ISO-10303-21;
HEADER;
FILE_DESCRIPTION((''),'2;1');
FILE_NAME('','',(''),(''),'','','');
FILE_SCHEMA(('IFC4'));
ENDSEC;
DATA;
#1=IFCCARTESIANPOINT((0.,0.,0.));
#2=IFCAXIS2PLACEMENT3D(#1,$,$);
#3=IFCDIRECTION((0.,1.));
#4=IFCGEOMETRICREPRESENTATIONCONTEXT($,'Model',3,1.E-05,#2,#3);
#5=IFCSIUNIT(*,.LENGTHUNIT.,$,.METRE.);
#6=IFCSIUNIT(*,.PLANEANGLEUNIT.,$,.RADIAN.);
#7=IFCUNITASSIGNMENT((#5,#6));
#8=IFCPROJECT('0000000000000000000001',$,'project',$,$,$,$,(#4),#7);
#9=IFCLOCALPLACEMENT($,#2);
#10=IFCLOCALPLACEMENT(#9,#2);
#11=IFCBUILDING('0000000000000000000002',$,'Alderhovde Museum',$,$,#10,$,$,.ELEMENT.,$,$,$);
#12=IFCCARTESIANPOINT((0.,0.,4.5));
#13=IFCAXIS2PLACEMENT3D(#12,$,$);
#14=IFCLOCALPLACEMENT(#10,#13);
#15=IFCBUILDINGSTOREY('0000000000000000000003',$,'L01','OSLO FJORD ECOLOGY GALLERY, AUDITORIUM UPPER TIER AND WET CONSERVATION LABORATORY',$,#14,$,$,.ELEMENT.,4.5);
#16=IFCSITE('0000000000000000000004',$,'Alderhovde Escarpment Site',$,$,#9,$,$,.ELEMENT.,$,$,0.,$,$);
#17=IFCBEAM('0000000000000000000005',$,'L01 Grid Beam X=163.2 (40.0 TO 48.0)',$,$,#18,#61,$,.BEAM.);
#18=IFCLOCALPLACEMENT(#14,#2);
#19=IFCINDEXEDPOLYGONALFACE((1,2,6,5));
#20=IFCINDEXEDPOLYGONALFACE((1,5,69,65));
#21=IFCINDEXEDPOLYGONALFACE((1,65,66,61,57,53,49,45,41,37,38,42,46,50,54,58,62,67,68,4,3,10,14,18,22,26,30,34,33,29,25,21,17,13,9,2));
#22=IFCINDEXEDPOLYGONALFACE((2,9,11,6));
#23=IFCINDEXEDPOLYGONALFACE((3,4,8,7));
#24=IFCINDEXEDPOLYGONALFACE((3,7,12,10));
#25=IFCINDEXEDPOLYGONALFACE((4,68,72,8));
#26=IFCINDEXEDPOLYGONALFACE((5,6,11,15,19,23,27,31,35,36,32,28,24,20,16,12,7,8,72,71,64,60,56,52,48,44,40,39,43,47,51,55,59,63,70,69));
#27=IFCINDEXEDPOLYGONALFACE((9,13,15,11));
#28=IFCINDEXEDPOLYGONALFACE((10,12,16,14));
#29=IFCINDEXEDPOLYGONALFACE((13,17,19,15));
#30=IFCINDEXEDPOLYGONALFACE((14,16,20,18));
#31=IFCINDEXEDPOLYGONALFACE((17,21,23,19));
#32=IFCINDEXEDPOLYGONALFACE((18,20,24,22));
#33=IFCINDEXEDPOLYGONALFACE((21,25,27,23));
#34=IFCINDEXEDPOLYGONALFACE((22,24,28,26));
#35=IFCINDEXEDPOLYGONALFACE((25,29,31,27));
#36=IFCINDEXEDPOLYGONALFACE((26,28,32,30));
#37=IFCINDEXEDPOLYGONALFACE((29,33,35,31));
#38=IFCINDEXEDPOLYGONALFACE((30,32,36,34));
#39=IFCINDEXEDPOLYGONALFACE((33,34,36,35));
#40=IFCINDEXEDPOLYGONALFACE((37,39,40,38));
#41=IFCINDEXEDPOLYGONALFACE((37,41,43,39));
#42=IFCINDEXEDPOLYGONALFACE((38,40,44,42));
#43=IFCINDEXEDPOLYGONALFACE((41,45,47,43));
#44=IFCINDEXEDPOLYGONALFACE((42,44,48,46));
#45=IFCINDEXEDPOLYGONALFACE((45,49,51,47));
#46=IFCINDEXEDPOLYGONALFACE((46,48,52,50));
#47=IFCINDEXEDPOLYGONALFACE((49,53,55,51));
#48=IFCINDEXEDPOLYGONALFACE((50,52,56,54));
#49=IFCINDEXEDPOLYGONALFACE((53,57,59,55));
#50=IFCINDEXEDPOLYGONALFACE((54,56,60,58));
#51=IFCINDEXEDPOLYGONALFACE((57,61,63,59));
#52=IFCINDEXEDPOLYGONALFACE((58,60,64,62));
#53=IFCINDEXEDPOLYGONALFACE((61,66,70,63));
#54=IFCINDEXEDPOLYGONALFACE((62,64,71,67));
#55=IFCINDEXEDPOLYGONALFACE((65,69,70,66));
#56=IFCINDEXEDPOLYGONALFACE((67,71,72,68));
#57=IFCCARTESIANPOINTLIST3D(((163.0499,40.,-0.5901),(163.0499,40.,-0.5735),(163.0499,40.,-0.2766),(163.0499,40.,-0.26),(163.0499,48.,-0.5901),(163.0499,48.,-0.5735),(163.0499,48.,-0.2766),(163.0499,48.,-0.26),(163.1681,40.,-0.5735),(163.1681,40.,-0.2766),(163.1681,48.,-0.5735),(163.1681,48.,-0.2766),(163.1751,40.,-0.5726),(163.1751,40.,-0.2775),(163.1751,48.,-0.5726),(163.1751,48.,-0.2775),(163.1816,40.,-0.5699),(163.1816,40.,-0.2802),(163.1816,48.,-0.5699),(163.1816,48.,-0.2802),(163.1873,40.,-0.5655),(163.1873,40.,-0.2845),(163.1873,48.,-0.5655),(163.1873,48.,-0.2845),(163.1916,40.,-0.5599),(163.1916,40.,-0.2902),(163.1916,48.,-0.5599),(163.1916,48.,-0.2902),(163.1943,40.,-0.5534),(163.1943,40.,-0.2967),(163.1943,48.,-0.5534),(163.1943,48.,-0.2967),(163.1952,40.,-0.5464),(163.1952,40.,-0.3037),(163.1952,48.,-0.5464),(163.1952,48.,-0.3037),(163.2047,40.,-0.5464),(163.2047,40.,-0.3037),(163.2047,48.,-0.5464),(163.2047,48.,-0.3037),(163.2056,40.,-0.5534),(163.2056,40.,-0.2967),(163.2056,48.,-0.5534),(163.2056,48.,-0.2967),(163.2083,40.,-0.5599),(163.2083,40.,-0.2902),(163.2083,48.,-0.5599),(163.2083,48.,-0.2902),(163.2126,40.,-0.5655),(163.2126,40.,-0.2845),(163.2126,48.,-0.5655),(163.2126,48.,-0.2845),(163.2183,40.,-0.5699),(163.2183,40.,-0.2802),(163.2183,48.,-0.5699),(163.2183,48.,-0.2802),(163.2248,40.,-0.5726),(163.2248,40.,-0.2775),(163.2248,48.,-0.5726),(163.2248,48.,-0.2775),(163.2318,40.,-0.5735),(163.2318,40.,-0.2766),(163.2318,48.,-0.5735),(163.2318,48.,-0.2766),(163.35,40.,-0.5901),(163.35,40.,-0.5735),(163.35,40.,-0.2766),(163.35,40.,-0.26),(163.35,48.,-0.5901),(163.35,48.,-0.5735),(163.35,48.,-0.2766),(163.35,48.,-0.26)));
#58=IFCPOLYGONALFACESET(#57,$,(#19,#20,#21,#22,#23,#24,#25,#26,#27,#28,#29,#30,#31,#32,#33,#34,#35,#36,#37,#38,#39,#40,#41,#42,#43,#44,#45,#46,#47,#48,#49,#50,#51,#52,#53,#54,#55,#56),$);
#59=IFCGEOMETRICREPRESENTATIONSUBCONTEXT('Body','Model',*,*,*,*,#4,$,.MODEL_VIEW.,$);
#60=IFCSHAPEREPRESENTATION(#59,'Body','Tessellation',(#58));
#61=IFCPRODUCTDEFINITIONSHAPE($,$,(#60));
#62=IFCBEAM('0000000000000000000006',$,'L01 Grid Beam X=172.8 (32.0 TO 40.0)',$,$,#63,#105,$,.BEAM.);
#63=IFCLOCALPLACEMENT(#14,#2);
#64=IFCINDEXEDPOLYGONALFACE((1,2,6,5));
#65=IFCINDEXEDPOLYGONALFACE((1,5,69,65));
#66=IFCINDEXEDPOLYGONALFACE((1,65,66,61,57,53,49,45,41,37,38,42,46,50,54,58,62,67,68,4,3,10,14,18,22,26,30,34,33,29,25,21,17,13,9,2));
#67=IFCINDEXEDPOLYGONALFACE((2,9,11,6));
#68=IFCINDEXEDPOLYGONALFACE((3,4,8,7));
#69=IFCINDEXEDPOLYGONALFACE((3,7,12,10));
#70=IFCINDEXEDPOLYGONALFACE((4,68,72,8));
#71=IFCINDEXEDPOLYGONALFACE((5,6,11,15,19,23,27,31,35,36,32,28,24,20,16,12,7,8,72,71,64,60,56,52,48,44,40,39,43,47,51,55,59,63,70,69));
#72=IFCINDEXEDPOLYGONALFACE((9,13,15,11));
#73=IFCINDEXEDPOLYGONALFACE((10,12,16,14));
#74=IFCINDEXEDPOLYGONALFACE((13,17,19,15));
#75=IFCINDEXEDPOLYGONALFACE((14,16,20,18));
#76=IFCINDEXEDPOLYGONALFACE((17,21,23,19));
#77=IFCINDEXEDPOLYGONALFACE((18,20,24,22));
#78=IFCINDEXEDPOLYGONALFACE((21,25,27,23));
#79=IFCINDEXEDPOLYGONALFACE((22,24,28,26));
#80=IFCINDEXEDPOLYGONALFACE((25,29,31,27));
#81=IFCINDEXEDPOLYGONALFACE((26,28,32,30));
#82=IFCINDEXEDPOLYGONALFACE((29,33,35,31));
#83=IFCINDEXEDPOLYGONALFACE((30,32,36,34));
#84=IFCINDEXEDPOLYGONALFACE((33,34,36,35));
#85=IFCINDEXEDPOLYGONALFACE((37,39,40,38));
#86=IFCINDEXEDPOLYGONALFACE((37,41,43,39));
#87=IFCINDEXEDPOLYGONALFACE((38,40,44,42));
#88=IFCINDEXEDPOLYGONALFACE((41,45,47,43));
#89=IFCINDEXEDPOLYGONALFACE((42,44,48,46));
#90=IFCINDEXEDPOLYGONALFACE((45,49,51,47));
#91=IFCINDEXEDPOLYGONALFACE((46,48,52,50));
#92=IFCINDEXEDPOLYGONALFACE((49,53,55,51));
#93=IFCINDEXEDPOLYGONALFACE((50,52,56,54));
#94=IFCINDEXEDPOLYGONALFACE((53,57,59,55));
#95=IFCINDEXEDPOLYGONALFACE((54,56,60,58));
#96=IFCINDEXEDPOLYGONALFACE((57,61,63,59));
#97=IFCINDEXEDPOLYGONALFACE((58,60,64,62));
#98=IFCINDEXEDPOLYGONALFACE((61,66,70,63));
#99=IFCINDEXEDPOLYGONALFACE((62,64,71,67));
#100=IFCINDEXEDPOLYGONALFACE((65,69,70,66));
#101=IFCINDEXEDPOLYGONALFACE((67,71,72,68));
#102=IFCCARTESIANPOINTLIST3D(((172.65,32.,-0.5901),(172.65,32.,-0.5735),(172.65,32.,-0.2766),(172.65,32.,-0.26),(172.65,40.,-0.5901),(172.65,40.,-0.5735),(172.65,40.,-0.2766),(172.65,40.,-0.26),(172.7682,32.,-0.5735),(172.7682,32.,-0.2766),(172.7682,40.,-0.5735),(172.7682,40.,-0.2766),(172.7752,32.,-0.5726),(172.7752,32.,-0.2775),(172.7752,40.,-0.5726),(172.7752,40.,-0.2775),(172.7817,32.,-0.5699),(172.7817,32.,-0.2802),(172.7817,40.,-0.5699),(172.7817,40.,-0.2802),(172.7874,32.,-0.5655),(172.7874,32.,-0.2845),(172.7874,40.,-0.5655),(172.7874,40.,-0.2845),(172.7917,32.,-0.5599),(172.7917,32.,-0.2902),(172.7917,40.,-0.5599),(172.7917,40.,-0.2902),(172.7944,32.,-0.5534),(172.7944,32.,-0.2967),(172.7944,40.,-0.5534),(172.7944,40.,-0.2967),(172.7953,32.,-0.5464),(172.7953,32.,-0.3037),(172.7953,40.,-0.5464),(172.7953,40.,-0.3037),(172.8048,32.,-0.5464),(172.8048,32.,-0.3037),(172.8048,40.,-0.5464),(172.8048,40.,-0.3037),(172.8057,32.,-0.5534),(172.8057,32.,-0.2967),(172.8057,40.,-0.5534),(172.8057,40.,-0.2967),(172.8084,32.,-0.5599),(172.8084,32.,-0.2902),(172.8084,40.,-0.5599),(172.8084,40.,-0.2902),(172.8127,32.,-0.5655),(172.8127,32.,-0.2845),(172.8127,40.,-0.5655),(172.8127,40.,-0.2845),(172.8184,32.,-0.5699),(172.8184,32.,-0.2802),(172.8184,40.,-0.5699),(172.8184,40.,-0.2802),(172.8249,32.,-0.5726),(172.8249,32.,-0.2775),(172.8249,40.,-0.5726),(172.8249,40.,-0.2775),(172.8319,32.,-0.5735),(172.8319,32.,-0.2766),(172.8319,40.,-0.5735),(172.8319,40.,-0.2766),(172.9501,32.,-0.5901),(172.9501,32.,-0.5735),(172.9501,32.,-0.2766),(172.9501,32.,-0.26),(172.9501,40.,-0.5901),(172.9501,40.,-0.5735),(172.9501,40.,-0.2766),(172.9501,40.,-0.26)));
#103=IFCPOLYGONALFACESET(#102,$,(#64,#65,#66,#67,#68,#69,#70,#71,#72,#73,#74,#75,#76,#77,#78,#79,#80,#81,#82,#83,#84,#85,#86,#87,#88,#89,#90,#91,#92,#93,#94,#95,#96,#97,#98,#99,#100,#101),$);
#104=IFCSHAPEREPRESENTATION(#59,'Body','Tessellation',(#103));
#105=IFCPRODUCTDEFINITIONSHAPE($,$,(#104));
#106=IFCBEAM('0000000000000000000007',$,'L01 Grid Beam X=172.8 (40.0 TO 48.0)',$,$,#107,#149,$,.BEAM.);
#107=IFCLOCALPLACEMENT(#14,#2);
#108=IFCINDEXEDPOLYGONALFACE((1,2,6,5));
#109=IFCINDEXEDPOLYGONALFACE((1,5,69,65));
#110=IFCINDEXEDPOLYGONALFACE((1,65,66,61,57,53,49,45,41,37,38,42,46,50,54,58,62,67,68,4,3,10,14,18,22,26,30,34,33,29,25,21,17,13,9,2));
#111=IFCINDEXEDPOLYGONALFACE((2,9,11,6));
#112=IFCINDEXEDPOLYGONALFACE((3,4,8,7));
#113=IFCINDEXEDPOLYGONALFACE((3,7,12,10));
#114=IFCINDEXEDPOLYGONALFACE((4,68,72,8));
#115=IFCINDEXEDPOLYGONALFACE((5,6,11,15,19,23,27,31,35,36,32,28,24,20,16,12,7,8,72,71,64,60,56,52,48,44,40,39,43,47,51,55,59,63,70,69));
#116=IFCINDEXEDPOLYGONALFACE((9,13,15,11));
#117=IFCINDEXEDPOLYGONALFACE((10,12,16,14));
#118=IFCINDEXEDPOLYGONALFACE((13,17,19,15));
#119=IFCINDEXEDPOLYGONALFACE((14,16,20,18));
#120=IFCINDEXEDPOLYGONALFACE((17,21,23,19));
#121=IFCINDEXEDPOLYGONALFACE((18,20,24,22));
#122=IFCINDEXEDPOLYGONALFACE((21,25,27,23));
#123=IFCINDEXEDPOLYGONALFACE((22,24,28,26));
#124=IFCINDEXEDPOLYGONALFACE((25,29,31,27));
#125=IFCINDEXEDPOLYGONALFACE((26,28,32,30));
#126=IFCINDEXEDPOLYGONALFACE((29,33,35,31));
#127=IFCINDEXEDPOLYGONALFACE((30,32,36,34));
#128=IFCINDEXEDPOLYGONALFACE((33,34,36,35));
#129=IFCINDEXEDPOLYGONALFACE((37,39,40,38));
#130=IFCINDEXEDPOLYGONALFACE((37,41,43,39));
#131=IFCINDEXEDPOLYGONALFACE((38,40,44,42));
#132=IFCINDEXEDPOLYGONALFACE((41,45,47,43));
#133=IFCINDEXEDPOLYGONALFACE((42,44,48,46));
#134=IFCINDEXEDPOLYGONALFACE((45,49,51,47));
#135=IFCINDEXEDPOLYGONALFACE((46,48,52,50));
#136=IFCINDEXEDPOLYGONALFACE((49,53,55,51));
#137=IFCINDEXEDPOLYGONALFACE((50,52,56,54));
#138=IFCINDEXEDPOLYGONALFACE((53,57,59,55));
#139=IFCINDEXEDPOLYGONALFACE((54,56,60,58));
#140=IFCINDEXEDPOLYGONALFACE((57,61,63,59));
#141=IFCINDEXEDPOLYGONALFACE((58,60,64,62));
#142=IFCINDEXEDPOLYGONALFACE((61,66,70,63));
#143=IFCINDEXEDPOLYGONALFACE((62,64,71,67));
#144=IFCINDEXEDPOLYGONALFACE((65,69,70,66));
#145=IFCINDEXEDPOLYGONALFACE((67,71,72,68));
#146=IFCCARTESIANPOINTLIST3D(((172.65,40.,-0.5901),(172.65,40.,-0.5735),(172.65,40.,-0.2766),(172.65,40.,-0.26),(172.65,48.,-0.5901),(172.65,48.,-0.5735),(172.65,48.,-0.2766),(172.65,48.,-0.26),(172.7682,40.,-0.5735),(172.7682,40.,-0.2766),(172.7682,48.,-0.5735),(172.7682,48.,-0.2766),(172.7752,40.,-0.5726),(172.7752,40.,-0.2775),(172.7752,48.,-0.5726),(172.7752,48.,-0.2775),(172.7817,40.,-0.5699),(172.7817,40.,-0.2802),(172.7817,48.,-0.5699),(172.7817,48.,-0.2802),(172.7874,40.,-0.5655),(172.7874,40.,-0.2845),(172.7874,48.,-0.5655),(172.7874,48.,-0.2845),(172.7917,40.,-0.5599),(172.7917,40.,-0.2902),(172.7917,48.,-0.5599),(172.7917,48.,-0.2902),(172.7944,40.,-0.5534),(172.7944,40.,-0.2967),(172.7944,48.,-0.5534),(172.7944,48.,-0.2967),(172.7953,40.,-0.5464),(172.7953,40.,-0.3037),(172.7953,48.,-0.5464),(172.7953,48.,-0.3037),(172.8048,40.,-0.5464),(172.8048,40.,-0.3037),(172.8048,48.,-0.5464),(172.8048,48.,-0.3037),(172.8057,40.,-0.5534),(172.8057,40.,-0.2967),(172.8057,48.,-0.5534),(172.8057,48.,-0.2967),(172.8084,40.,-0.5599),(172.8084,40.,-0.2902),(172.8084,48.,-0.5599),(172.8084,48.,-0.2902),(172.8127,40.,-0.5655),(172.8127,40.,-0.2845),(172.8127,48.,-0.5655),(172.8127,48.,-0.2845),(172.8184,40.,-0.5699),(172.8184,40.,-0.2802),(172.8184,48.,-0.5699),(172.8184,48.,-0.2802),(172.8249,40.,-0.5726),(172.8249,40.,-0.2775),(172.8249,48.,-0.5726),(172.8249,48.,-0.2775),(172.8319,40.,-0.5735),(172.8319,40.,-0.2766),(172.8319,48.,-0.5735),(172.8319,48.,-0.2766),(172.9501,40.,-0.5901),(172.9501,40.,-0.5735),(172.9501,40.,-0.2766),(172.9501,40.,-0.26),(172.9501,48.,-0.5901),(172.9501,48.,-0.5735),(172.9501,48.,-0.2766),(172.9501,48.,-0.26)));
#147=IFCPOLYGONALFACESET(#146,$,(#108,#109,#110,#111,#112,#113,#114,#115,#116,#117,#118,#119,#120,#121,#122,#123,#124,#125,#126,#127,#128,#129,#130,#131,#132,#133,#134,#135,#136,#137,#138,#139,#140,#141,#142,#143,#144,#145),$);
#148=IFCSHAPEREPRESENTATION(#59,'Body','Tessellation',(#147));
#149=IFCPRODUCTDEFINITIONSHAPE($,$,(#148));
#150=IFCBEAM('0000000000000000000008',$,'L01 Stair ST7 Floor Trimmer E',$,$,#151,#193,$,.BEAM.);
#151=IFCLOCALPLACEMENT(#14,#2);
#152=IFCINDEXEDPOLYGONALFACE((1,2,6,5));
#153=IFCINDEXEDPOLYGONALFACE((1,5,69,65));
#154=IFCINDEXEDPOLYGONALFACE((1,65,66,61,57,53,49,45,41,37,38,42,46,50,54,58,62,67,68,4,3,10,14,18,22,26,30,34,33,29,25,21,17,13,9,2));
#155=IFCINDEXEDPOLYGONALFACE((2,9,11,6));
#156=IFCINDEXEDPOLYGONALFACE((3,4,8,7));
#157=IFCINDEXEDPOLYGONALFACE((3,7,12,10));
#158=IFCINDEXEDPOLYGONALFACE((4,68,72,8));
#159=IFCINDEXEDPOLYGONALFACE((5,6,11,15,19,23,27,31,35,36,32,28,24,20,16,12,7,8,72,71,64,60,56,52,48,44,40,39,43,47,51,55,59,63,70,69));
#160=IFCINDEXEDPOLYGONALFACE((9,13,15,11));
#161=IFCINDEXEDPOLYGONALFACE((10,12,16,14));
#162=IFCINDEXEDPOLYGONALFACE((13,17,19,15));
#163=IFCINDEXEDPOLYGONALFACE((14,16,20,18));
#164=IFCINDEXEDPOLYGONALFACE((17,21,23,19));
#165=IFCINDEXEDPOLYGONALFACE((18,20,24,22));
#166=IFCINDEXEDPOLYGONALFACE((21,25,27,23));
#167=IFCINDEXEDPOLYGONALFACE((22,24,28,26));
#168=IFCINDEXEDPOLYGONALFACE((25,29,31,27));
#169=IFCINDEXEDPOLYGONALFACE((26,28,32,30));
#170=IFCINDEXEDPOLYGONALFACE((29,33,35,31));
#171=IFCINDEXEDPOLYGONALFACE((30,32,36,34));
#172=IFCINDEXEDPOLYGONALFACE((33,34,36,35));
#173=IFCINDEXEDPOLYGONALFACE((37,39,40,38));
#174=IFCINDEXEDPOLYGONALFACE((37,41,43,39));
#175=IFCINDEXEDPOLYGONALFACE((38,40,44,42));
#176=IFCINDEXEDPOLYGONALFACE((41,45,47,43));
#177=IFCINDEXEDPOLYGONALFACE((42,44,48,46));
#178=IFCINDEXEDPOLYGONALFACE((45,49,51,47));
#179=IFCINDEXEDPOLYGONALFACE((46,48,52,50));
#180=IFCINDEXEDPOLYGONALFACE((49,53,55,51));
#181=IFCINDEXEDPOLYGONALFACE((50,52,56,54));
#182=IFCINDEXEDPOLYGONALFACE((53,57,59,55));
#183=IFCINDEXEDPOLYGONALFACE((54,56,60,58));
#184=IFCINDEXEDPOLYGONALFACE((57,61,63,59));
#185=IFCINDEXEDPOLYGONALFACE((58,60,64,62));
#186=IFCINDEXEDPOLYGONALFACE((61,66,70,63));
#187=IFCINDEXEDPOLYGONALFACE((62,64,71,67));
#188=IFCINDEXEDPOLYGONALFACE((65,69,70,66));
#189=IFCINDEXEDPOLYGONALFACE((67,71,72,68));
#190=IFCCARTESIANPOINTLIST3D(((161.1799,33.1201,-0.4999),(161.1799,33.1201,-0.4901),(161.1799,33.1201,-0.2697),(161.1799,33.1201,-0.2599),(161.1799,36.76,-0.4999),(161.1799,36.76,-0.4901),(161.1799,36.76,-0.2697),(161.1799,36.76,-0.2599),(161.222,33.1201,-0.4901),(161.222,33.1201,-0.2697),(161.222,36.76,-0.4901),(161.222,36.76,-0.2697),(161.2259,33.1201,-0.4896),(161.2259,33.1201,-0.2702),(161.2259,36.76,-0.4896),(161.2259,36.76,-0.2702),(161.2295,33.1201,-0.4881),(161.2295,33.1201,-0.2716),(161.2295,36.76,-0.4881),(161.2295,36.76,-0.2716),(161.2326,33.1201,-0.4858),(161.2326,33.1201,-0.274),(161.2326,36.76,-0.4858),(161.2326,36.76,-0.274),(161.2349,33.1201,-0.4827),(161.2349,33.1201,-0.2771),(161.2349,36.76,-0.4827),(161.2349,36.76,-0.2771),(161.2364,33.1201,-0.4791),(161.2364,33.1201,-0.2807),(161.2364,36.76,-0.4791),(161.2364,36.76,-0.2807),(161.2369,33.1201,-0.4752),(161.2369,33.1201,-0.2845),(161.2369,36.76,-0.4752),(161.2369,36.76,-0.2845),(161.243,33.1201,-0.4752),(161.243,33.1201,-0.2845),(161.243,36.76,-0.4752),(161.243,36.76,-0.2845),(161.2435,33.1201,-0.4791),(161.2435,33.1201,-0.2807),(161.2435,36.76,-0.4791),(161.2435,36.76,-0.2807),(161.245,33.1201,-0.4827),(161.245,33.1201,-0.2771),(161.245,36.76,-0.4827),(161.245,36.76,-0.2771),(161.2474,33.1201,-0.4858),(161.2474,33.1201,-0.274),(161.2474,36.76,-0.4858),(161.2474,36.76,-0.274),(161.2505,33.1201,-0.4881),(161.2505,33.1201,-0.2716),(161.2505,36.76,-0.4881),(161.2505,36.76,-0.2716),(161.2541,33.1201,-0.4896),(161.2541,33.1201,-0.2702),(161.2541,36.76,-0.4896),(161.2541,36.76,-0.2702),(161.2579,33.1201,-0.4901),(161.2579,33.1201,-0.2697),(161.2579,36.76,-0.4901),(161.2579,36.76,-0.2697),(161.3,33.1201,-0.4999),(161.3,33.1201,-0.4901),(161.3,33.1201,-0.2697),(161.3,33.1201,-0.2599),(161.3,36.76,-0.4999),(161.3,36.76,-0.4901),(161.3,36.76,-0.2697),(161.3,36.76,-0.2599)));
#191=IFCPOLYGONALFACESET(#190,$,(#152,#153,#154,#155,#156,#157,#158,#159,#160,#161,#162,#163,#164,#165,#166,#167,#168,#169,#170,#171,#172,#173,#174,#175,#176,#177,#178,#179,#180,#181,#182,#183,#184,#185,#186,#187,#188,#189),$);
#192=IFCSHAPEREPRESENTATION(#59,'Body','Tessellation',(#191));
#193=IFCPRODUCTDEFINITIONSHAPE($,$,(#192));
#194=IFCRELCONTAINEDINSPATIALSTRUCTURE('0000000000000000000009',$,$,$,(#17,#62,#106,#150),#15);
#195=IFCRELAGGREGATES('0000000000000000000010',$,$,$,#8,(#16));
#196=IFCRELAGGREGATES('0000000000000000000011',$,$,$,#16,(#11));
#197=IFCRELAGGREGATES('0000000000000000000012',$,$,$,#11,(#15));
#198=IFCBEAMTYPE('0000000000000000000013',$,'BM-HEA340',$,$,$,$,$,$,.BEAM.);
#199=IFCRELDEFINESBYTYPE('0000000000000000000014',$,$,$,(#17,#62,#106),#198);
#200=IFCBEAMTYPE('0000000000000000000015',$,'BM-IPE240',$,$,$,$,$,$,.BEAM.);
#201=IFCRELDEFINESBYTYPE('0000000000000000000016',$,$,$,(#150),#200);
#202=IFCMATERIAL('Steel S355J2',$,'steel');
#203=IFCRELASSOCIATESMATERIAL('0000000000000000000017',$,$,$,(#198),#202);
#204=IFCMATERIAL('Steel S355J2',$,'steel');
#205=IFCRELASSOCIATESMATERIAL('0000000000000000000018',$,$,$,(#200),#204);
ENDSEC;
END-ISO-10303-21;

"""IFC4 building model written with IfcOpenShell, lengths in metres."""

from ifc_helpers import new_model, si_unit, direction, frame, origin, origin_2d, place, context, subcontext, project, spatial, i_section, extrude, material, material_profile, profile_set, type_object, element, save


model = new_model("IFC4")

# Units and contexts
model_context = context("Model", 3, precision=1e-05, world=origin(), true_north=direction((0.0, 1.0)))
body_context = subcontext(model_context, "Body", "Model", "MODEL_VIEW")
ifc_project = project(units=[si_unit("LENGTHUNIT", "METRE"), si_unit("PLANEANGLEUNIT", "RADIAN")], contexts=[model_context])

# Site, building, storey
site_placement = place(None, origin())
site = spatial("IfcSite", under=ifc_project, at=site_placement, Name="Alderhovde Escarpment Site", CompositionType="ELEMENT", RefElevation=0.0)
building_placement = place(site_placement, origin())
building = spatial("IfcBuilding", under=site, at=building_placement, Name="Alderhovde Museum", CompositionType="ELEMENT")
storey_placement = place(building_placement, frame((0.0, 0.0, 4.5)))
storey = spatial("IfcBuildingStorey", under=building, at=storey_placement, Name="L01", Description="OSLO FJORD ECOLOGY GALLERY, AUDITORIUM UPPER TIER AND WET CONSERVATION LABORATORY", CompositionType="ELEMENT", Elevation=4.5)

# Beams
ifc_material_1 = material(Name="Steel S355J2", Category="steel")
ifc_material_profile_1 = material_profile(ifc_material_1, i_section(OverallWidth=0.3, OverallDepth=0.3301, WebThickness=0.0095, FlangeThickness=0.0166, FilletRadius=0.0271, at=origin_2d()), Name="HEA 340")
ifc_profile_set_1 = profile_set([ifc_material_profile_1], Name="Steel S355J2")
beam_type_1 = type_object("IfcBeamType", Name="BM-HEA340", PredefinedType="BEAM", material=ifc_profile_set_1)
for number, where, z_axis, x_axis, name in (
    (1, (163.2, 40.0, -0.425), (0.0, 1.0, 0.0), (-1.0, 0.0, 0.0), "L01 Grid Beam X=163.2 (40.0 TO 48.0)"),
    (2, (172.8, 32.0, -0.425), (0.0, 1.0, 0.0), (-1.0, 0.0, 0.0), "L01 Grid Beam X=172.8 (32.0 TO 40.0)"),
    (3, (172.8, 40.0, -0.425), (0.0, 1.0, 0.0), (-1.0, 0.0, 0.0), "L01 Grid Beam X=172.8 (40.0 TO 48.0)"),
):
    element("IfcBeam", number, at=place(storey_placement, frame(where, z_axis=z_axis, x_axis=x_axis)), inside=storey, type_object=beam_type_1, Name=name, PredefinedType="BEAM", context=body_context, shape_type="SweptSolid", body=[
        extrude(i_section(OverallWidth=0.3, OverallDepth=0.3301, WebThickness=0.0095, FlangeThickness=0.0166, FilletRadius=0.0271, at=origin_2d()), origin(), (0.0, 0.0, 1.0), 8.0),
    ])
ifc_material_2 = material(Name="Steel S355J2", Category="steel")
ifc_material_profile_2 = material_profile(ifc_material_2, i_section(OverallWidth=0.1201, OverallDepth=0.24, WebThickness=0.0061, FlangeThickness=0.0098, FilletRadius=0.0149, at=origin_2d()), Name="IPE 240")
ifc_profile_set_2 = profile_set([ifc_material_profile_2], Name="Steel S355J2")
beam_type_2 = type_object("IfcBeamType", Name="BM-IPE240", PredefinedType="BEAM", material=ifc_profile_set_2)
for number, where, z_axis, x_axis, name in (
    (4, (161.24, 33.1201, -0.3799), (0.0, 1.0, 0.0), (-1.0, 0.0, 0.0), "L01 Stair ST7 Floor Trimmer E"),
):
    element("IfcBeam", number, at=place(storey_placement, frame(where, z_axis=z_axis, x_axis=x_axis)), inside=storey, type_object=beam_type_2, Name=name, PredefinedType="BEAM", context=body_context, shape_type="SweptSolid", body=[
        extrude(i_section(OverallWidth=0.1201, OverallDepth=0.24, WebThickness=0.0061, FlangeThickness=0.0098, FilletRadius=0.0149, at=origin_2d()), origin(), (0.0, 0.0, 1.0), 3.6399),
    ])

save(model, "model.ifc")
